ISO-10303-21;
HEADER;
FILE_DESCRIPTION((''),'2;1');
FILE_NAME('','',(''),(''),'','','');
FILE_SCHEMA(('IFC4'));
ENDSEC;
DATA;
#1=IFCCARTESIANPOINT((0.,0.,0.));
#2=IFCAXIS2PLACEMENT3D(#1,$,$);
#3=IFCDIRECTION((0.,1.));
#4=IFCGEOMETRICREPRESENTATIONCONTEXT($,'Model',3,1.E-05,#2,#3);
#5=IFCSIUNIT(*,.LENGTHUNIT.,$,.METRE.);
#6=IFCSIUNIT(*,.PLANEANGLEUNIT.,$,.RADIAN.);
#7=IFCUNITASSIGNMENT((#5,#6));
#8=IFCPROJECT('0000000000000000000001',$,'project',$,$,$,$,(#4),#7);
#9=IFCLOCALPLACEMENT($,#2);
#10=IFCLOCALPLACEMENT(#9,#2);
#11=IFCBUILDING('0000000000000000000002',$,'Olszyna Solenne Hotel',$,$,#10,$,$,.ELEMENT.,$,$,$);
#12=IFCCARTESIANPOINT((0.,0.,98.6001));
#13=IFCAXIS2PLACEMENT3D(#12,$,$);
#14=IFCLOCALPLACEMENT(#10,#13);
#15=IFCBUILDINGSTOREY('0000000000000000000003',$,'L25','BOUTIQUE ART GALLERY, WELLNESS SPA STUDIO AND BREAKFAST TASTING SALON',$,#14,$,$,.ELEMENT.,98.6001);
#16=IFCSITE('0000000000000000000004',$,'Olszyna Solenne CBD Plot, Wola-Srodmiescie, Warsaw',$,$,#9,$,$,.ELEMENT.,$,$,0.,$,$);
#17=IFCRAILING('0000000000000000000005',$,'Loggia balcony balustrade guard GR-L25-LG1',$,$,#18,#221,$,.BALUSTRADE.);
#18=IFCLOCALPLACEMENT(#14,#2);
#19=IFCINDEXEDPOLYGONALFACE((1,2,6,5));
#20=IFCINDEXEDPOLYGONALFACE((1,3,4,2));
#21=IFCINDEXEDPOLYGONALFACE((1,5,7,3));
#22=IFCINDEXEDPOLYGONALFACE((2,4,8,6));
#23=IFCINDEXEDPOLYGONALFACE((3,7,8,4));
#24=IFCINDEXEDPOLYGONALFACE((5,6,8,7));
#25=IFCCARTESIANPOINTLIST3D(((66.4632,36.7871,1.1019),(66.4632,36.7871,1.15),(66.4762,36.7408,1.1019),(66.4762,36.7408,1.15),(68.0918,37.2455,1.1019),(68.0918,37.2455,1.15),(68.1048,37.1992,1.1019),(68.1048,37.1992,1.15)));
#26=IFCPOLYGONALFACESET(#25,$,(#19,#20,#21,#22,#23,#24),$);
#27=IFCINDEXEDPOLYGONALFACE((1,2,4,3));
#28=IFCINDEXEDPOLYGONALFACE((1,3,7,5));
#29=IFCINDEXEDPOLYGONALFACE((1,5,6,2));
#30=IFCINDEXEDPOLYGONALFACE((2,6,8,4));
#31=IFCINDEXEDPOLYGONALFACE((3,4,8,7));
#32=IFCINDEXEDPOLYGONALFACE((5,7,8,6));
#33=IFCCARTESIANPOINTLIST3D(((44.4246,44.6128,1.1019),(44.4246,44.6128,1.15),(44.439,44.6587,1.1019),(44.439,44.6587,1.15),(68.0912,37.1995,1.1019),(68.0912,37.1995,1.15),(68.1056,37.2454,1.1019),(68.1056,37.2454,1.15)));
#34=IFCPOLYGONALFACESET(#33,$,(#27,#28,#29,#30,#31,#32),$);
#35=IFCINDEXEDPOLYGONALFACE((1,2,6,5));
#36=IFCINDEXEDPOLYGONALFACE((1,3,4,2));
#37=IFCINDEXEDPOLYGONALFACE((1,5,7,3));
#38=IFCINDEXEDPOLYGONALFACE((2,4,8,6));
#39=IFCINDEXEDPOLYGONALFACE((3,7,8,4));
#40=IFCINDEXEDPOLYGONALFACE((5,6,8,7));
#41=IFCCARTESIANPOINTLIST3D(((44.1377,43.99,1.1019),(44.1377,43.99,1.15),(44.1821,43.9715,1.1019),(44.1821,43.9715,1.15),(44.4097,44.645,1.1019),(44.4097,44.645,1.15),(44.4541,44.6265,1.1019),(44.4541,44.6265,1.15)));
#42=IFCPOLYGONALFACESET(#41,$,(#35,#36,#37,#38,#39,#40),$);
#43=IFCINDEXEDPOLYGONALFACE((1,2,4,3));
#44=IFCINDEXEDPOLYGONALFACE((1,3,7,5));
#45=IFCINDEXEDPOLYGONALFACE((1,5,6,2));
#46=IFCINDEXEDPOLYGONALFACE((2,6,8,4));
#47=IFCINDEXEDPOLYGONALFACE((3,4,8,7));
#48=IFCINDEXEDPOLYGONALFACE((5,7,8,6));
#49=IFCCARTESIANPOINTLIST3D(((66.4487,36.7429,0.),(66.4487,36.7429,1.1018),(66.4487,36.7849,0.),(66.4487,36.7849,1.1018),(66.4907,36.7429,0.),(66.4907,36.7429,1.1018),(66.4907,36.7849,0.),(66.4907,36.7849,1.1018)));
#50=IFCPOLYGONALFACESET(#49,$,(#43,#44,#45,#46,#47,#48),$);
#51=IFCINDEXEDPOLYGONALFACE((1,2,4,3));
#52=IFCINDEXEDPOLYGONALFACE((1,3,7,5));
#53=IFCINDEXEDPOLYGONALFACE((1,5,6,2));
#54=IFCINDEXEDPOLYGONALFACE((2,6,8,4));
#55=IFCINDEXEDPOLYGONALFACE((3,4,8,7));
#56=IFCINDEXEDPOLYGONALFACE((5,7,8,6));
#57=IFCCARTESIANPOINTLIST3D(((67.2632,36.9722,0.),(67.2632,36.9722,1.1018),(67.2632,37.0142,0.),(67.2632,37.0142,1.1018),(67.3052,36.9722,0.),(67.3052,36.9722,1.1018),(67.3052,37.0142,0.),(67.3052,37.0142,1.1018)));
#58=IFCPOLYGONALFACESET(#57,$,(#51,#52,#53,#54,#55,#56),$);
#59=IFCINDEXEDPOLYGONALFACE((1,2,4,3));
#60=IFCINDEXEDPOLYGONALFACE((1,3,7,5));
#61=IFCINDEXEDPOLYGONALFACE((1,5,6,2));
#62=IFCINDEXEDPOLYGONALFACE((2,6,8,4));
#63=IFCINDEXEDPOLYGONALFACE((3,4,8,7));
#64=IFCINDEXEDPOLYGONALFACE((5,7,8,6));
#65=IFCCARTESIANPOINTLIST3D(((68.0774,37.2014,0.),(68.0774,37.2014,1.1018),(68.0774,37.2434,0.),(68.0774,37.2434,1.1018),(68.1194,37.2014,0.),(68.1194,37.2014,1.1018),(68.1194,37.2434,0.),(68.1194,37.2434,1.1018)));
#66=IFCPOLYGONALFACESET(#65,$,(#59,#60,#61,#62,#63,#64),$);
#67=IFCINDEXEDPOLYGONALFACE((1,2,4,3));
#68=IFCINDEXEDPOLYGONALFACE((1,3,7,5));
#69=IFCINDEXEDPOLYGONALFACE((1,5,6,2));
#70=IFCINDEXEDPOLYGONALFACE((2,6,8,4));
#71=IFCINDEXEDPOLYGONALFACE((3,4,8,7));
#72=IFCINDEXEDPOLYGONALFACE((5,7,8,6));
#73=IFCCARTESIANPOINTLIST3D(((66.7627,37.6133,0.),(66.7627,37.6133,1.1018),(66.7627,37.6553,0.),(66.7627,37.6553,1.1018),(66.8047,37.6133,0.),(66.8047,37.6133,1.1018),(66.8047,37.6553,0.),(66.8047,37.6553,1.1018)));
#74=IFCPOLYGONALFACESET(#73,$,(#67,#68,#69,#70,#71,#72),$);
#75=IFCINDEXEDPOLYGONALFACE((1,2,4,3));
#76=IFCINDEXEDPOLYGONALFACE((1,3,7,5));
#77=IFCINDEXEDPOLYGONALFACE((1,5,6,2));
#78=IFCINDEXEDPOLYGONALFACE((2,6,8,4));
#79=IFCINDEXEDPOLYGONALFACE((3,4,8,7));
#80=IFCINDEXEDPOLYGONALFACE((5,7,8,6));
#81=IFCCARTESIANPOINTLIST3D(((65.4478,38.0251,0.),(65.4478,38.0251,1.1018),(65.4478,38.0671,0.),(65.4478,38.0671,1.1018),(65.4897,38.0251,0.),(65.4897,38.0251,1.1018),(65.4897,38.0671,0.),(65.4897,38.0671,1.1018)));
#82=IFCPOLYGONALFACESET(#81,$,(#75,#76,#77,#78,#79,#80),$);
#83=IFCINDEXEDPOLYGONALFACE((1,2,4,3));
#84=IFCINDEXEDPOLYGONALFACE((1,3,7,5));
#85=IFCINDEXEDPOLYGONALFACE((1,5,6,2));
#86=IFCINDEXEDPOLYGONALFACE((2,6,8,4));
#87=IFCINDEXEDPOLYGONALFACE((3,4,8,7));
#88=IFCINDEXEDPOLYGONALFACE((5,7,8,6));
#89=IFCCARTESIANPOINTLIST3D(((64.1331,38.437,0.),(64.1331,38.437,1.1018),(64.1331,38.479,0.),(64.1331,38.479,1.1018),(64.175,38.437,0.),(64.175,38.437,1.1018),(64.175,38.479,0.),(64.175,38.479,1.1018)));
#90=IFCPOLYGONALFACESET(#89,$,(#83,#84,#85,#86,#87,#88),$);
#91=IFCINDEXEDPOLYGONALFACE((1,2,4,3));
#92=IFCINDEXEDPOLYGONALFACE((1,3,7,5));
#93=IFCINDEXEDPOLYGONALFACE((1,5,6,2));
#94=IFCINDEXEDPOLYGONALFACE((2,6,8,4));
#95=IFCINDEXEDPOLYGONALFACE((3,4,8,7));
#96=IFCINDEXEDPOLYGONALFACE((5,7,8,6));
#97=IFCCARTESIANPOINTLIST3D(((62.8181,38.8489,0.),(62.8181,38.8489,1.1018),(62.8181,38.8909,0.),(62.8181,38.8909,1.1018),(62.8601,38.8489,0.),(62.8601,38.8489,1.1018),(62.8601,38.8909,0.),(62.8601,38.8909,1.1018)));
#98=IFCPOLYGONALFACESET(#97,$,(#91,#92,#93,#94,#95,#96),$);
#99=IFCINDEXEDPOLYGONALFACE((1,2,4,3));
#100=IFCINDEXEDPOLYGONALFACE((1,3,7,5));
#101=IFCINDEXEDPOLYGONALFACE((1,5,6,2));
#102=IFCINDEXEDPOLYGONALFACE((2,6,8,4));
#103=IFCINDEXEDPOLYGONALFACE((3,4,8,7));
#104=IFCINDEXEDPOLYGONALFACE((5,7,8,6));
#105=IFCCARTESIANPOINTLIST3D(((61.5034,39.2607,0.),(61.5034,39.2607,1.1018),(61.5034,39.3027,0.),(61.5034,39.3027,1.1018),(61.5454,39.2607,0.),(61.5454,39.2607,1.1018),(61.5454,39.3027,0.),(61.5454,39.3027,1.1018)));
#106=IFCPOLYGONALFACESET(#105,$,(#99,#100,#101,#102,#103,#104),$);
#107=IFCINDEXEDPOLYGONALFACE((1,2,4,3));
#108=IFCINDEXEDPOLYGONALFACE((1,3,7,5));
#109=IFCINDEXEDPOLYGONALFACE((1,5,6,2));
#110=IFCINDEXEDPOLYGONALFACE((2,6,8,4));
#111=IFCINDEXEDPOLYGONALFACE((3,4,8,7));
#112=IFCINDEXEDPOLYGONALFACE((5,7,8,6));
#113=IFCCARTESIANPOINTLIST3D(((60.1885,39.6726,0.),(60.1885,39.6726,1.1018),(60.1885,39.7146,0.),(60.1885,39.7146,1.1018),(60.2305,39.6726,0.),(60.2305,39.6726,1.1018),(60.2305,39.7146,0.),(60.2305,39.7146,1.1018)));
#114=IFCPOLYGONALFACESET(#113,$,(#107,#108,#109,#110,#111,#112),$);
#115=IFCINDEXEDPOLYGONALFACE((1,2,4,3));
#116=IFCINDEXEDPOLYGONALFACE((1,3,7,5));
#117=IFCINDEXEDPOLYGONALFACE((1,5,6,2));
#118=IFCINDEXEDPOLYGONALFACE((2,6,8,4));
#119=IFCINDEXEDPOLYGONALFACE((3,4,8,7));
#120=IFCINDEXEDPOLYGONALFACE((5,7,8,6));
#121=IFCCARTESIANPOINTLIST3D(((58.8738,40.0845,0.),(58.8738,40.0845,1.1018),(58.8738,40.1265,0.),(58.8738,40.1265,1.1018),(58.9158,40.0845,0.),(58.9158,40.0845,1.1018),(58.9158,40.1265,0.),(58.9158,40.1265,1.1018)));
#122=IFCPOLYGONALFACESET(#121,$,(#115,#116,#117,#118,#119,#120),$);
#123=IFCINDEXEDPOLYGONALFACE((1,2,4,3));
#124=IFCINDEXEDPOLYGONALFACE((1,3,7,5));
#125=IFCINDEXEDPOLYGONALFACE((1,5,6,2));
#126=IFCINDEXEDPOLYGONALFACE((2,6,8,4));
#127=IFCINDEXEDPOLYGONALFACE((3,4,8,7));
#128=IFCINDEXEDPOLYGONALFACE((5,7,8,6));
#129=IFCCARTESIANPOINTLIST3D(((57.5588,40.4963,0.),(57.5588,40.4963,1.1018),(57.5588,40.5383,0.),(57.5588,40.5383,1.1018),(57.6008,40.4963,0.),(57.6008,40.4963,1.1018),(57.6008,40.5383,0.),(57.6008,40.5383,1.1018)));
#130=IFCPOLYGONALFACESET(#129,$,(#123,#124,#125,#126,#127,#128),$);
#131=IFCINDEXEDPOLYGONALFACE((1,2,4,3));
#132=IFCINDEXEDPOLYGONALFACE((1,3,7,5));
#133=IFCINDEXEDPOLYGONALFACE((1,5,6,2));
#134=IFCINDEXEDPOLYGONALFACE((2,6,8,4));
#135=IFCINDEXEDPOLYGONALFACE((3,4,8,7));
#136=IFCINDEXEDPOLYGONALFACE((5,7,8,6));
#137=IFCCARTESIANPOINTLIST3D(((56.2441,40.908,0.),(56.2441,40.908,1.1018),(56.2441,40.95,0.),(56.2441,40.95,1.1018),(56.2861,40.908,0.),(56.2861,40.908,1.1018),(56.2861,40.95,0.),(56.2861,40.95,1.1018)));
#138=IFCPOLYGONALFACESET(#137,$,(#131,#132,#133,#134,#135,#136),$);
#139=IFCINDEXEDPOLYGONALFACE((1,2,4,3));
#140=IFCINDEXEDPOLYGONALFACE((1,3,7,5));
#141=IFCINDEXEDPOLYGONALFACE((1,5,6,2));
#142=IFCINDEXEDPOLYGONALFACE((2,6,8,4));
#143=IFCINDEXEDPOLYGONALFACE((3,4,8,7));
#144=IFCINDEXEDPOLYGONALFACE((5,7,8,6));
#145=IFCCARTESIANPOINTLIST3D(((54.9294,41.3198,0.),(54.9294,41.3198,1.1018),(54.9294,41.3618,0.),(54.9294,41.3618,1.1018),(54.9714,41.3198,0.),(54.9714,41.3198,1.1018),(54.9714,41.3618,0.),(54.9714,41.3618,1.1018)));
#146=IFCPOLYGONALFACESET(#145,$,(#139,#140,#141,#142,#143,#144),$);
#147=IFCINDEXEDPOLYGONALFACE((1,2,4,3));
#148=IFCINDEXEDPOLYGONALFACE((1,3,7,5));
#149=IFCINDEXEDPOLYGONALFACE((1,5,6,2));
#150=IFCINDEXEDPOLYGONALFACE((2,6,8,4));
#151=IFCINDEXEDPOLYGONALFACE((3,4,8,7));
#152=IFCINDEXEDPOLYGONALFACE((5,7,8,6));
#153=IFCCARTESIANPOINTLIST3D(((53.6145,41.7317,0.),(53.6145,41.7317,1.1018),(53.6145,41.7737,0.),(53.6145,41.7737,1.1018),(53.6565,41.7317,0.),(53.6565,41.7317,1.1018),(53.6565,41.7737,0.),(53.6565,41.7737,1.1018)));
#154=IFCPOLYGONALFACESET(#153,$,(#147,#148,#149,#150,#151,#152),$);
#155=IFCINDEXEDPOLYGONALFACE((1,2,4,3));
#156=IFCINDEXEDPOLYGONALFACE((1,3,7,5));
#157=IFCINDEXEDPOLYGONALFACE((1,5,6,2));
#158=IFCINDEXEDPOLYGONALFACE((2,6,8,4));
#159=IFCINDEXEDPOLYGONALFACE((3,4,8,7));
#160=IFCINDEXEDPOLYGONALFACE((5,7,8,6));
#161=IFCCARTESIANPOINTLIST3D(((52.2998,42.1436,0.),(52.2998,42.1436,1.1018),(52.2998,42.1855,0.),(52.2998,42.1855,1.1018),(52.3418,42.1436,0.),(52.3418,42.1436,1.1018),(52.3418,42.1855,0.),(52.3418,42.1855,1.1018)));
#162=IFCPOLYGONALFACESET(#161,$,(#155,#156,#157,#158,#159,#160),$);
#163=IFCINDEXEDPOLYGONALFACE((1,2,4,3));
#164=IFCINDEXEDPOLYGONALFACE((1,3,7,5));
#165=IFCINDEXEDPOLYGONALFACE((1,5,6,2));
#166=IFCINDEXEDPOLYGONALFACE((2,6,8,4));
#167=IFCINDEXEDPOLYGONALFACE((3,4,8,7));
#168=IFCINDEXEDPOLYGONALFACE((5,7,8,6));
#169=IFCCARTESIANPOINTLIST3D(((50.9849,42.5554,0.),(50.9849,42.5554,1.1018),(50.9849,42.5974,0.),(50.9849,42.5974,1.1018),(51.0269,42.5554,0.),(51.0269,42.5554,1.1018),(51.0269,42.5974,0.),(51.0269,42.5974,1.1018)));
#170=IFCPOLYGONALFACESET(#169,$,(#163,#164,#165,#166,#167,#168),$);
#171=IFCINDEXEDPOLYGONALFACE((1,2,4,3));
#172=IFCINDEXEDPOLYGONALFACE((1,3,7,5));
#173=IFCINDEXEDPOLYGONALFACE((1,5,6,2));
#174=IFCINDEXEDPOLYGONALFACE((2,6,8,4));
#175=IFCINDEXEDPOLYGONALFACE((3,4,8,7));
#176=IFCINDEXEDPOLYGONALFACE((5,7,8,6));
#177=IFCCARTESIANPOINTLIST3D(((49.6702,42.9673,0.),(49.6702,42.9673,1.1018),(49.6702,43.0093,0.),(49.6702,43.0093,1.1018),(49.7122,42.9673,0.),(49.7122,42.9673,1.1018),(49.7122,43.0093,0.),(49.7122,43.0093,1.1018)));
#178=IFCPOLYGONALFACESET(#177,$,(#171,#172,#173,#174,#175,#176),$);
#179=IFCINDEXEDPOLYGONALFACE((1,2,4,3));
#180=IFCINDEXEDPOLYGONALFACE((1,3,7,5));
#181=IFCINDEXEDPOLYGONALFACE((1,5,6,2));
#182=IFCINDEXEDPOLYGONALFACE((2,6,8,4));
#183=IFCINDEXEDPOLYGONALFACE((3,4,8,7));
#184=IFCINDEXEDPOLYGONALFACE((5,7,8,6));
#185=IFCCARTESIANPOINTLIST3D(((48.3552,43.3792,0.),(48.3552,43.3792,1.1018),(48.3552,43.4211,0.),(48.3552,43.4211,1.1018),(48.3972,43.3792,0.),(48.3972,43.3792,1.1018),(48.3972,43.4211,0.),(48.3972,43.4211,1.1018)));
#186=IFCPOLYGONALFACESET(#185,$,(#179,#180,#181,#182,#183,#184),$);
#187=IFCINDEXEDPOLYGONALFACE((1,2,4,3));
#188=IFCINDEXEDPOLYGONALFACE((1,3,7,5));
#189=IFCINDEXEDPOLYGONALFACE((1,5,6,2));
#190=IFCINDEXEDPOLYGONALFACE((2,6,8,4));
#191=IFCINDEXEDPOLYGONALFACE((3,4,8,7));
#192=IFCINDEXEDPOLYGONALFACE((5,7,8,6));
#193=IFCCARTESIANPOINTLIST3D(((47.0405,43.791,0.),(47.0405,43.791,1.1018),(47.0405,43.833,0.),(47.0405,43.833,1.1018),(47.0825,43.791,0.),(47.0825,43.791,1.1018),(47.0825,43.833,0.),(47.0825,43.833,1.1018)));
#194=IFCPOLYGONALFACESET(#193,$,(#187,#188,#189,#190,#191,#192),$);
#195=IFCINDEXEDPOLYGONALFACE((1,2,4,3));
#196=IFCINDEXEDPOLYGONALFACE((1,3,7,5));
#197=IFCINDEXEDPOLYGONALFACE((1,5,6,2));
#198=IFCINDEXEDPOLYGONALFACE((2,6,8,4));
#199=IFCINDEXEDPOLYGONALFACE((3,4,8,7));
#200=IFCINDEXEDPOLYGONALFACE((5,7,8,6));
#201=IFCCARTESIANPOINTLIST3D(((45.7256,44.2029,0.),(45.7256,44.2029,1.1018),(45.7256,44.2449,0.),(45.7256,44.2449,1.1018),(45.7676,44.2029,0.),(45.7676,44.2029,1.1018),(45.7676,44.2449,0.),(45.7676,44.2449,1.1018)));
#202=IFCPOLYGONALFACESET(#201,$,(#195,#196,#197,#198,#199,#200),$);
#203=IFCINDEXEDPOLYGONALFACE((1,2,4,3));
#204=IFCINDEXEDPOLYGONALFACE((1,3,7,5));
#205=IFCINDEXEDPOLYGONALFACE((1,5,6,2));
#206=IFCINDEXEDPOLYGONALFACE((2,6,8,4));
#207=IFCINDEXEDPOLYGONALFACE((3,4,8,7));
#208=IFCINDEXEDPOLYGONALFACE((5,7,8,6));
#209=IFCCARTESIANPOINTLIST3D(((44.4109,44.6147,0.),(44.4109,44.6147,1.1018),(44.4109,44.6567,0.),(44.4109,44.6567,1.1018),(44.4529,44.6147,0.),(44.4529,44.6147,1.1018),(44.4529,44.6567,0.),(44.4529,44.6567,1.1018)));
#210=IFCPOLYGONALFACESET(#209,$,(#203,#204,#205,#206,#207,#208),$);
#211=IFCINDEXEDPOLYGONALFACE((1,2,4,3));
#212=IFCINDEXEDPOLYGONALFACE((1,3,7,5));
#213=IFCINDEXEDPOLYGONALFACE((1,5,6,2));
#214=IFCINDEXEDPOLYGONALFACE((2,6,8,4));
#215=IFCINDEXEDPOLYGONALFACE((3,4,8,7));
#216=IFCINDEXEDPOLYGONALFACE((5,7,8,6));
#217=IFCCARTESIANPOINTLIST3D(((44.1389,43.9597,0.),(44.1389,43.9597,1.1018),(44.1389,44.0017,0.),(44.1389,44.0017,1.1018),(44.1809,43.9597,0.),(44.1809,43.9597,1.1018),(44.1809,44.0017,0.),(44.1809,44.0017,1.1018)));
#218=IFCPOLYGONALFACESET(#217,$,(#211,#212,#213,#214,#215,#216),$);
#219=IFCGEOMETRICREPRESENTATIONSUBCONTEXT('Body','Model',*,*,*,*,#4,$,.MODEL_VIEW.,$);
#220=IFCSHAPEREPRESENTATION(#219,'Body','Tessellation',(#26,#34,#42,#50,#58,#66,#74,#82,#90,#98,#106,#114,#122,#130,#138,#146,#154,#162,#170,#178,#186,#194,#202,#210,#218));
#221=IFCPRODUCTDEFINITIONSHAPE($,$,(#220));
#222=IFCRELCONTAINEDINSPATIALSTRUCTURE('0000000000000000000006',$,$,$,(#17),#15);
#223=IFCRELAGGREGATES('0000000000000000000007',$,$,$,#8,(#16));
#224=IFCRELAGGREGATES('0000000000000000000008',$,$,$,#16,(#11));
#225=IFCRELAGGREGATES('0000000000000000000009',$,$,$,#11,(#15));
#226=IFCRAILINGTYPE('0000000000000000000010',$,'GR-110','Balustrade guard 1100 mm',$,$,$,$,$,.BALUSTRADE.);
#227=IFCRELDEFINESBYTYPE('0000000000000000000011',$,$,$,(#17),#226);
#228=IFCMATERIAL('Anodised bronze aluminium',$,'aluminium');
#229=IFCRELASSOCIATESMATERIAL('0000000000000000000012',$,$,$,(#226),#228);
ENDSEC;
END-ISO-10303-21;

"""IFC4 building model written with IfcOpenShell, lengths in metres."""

from ifc_helpers import new_model, si_unit, direction, frame, origin, origin_2d, place, context, subcontext, project, spatial, rectangle, extrude, material, type_object, element, save


model = new_model("IFC4")

# Units and contexts
model_context = context("Model", 3, precision=1e-05, world=origin(), true_north=direction((0.0, 1.0)))
body_context = subcontext(model_context, "Body", "Model", "MODEL_VIEW")
ifc_project = project(units=[si_unit("LENGTHUNIT", "METRE"), si_unit("PLANEANGLEUNIT", "RADIAN")], contexts=[model_context])

# Site, building, storey
site_placement = place(None, origin())
site = spatial("IfcSite", under=ifc_project, at=site_placement, Name="Olszyna Solenne CBD Plot, Wola-Srodmiescie, Warsaw", CompositionType="ELEMENT", RefElevation=0.0)
building_placement = place(site_placement, origin())
building = spatial("IfcBuilding", under=site, at=building_placement, Name="Olszyna Solenne Hotel", CompositionType="ELEMENT")
storey_placement = place(building_placement, frame((0.0, 0.0, 98.6001)))
storey = spatial("IfcBuildingStorey", under=building, at=storey_placement, Name="L25", Description="BOUTIQUE ART GALLERY, WELLNESS SPA STUDIO AND BREAKFAST TASTING SALON", CompositionType="ELEMENT", Elevation=98.6001)

# Shared definitions
ifc_material_1 = material(Name="Anodised bronze aluminium", Category="aluminium")

# Railing
railing_type = type_object("IfcRailingType", Name="GR-110", Description="Balustrade guard 1100 mm", PredefinedType="BALUSTRADE", material=ifc_material_1)
railing_placement = place(storey_placement, frame((66.4697, 36.7639, 0.0)))
element("IfcRailing", 1, at=railing_placement, inside=storey, type_object=railing_type, Name="Loggia balcony balustrade guard GR-L25-LG1", PredefinedType="BALUSTRADE", context=body_context, shape_type="SweptSolid", body=[
    extrude(rectangle(XDim=0.0481, YDim=0.0481, at=origin_2d()), frame((0.0, 0.0, 1.126), z_axis=(0.962584, 0.270984, 0.0), x_axis=(-0.270984, 0.962584, 0.0)), (0.0, 0.0, 1.0), 1.6919),
    extrude(rectangle(XDim=0.0481, YDim=0.0481, at=origin_2d()), frame((1.6287, 0.4585, 1.126), z_axis=(-0.954278, 0.29892, 0.0), x_axis=(-0.29892, -0.954278, 0.0)), (0.0, 0.0, 1.0), 24.8005),
    extrude(rectangle(XDim=0.0481, YDim=0.0481, at=origin_2d()), frame((-22.0378, 7.8718, 1.126), z_axis=(-0.383466, -0.923555, 0.0), x_axis=(0.923555, -0.383466, 0.0)), (0.0, 0.0, 1.0), 0.7092),
    extrude(rectangle(XDim=0.042, YDim=0.042, at=origin_2d()), origin(), (0.0, 0.0, 1.0), 1.1018),
    extrude(rectangle(XDim=0.042, YDim=0.042, at=origin_2d()), frame((0.8145, 0.2292, 0.0)), (0.0, 0.0, 1.0), 1.1018),
    extrude(rectangle(XDim=0.042, YDim=0.042, at=origin_2d()), frame((1.6287, 0.4585, 0.0)), (0.0, 0.0, 1.0), 1.1018),
    extrude(rectangle(XDim=0.042, YDim=0.042, at=origin_2d()), frame((0.314, 0.8704, 0.0)), (0.0, 0.0, 1.0), 1.1018),
    extrude(rectangle(XDim=0.042, YDim=0.042, at=origin_2d()), frame((-1.001, 1.2822, 0.0)), (0.0, 0.0, 1.0), 1.1018),
    extrude(rectangle(XDim=0.042, YDim=0.042, at=origin_2d()), frame((-2.3157, 1.6941, 0.0)), (0.0, 0.0, 1.0), 1.1018),
    extrude(rectangle(XDim=0.042, YDim=0.042, at=origin_2d()), frame((-3.6306, 2.106, 0.0)), (0.0, 0.0, 1.0), 1.1018),
    extrude(rectangle(XDim=0.042, YDim=0.042, at=origin_2d()), frame((-4.9453, 2.5178, 0.0)), (0.0, 0.0, 1.0), 1.1018),
    extrude(rectangle(XDim=0.042, YDim=0.042, at=origin_2d()), frame((-6.2603, 2.9297, 0.0)), (0.0, 0.0, 1.0), 1.1018),
    extrude(rectangle(XDim=0.042, YDim=0.042, at=origin_2d()), frame((-7.575, 3.3416, 0.0)), (0.0, 0.0, 1.0), 1.1018),
    extrude(rectangle(XDim=0.042, YDim=0.042, at=origin_2d()), frame((-8.8899, 3.7534, 0.0)), (0.0, 0.0, 1.0), 1.1018),
    extrude(rectangle(XDim=0.042, YDim=0.042, at=origin_2d()), frame((-10.2046, 4.165, 0.0)), (0.0, 0.0, 1.0), 1.1018),
    extrude(rectangle(XDim=0.042, YDim=0.042, at=origin_2d()), frame((-11.5193, 4.5769, 0.0)), (0.0, 0.0, 1.0), 1.1018),
    extrude(rectangle(XDim=0.042, YDim=0.042, at=origin_2d()), frame((-12.8342, 4.9888, 0.0)), (0.0, 0.0, 1.0), 1.1018),
    extrude(rectangle(XDim=0.042, YDim=0.042, at=origin_2d()), frame((-14.1489, 5.4006, 0.0)), (0.0, 0.0, 1.0), 1.1018),
    extrude(rectangle(XDim=0.042, YDim=0.042, at=origin_2d()), frame((-15.4639, 5.8125, 0.0)), (0.0, 0.0, 1.0), 1.1018),
    extrude(rectangle(XDim=0.042, YDim=0.042, at=origin_2d()), frame((-16.7786, 6.2244, 0.0)), (0.0, 0.0, 1.0), 1.1018),
    extrude(rectangle(XDim=0.042, YDim=0.042, at=origin_2d()), frame((-18.0935, 6.6362, 0.0)), (0.0, 0.0, 1.0), 1.1018),
    extrude(rectangle(XDim=0.042, YDim=0.042, at=origin_2d()), frame((-19.4082, 7.0481, 0.0)), (0.0, 0.0, 1.0), 1.1018),
    extrude(rectangle(XDim=0.042, YDim=0.042, at=origin_2d()), frame((-20.7231, 7.46, 0.0)), (0.0, 0.0, 1.0), 1.1018),
    extrude(rectangle(XDim=0.042, YDim=0.042, at=origin_2d()), frame((-22.0378, 7.8718, 0.0)), (0.0, 0.0, 1.0), 1.1018),
    extrude(rectangle(XDim=0.042, YDim=0.042, at=origin_2d()), frame((-22.3098, 7.2168, 0.0)), (0.0, 0.0, 1.0), 1.1018),
])

save(model, "model.ifc")
